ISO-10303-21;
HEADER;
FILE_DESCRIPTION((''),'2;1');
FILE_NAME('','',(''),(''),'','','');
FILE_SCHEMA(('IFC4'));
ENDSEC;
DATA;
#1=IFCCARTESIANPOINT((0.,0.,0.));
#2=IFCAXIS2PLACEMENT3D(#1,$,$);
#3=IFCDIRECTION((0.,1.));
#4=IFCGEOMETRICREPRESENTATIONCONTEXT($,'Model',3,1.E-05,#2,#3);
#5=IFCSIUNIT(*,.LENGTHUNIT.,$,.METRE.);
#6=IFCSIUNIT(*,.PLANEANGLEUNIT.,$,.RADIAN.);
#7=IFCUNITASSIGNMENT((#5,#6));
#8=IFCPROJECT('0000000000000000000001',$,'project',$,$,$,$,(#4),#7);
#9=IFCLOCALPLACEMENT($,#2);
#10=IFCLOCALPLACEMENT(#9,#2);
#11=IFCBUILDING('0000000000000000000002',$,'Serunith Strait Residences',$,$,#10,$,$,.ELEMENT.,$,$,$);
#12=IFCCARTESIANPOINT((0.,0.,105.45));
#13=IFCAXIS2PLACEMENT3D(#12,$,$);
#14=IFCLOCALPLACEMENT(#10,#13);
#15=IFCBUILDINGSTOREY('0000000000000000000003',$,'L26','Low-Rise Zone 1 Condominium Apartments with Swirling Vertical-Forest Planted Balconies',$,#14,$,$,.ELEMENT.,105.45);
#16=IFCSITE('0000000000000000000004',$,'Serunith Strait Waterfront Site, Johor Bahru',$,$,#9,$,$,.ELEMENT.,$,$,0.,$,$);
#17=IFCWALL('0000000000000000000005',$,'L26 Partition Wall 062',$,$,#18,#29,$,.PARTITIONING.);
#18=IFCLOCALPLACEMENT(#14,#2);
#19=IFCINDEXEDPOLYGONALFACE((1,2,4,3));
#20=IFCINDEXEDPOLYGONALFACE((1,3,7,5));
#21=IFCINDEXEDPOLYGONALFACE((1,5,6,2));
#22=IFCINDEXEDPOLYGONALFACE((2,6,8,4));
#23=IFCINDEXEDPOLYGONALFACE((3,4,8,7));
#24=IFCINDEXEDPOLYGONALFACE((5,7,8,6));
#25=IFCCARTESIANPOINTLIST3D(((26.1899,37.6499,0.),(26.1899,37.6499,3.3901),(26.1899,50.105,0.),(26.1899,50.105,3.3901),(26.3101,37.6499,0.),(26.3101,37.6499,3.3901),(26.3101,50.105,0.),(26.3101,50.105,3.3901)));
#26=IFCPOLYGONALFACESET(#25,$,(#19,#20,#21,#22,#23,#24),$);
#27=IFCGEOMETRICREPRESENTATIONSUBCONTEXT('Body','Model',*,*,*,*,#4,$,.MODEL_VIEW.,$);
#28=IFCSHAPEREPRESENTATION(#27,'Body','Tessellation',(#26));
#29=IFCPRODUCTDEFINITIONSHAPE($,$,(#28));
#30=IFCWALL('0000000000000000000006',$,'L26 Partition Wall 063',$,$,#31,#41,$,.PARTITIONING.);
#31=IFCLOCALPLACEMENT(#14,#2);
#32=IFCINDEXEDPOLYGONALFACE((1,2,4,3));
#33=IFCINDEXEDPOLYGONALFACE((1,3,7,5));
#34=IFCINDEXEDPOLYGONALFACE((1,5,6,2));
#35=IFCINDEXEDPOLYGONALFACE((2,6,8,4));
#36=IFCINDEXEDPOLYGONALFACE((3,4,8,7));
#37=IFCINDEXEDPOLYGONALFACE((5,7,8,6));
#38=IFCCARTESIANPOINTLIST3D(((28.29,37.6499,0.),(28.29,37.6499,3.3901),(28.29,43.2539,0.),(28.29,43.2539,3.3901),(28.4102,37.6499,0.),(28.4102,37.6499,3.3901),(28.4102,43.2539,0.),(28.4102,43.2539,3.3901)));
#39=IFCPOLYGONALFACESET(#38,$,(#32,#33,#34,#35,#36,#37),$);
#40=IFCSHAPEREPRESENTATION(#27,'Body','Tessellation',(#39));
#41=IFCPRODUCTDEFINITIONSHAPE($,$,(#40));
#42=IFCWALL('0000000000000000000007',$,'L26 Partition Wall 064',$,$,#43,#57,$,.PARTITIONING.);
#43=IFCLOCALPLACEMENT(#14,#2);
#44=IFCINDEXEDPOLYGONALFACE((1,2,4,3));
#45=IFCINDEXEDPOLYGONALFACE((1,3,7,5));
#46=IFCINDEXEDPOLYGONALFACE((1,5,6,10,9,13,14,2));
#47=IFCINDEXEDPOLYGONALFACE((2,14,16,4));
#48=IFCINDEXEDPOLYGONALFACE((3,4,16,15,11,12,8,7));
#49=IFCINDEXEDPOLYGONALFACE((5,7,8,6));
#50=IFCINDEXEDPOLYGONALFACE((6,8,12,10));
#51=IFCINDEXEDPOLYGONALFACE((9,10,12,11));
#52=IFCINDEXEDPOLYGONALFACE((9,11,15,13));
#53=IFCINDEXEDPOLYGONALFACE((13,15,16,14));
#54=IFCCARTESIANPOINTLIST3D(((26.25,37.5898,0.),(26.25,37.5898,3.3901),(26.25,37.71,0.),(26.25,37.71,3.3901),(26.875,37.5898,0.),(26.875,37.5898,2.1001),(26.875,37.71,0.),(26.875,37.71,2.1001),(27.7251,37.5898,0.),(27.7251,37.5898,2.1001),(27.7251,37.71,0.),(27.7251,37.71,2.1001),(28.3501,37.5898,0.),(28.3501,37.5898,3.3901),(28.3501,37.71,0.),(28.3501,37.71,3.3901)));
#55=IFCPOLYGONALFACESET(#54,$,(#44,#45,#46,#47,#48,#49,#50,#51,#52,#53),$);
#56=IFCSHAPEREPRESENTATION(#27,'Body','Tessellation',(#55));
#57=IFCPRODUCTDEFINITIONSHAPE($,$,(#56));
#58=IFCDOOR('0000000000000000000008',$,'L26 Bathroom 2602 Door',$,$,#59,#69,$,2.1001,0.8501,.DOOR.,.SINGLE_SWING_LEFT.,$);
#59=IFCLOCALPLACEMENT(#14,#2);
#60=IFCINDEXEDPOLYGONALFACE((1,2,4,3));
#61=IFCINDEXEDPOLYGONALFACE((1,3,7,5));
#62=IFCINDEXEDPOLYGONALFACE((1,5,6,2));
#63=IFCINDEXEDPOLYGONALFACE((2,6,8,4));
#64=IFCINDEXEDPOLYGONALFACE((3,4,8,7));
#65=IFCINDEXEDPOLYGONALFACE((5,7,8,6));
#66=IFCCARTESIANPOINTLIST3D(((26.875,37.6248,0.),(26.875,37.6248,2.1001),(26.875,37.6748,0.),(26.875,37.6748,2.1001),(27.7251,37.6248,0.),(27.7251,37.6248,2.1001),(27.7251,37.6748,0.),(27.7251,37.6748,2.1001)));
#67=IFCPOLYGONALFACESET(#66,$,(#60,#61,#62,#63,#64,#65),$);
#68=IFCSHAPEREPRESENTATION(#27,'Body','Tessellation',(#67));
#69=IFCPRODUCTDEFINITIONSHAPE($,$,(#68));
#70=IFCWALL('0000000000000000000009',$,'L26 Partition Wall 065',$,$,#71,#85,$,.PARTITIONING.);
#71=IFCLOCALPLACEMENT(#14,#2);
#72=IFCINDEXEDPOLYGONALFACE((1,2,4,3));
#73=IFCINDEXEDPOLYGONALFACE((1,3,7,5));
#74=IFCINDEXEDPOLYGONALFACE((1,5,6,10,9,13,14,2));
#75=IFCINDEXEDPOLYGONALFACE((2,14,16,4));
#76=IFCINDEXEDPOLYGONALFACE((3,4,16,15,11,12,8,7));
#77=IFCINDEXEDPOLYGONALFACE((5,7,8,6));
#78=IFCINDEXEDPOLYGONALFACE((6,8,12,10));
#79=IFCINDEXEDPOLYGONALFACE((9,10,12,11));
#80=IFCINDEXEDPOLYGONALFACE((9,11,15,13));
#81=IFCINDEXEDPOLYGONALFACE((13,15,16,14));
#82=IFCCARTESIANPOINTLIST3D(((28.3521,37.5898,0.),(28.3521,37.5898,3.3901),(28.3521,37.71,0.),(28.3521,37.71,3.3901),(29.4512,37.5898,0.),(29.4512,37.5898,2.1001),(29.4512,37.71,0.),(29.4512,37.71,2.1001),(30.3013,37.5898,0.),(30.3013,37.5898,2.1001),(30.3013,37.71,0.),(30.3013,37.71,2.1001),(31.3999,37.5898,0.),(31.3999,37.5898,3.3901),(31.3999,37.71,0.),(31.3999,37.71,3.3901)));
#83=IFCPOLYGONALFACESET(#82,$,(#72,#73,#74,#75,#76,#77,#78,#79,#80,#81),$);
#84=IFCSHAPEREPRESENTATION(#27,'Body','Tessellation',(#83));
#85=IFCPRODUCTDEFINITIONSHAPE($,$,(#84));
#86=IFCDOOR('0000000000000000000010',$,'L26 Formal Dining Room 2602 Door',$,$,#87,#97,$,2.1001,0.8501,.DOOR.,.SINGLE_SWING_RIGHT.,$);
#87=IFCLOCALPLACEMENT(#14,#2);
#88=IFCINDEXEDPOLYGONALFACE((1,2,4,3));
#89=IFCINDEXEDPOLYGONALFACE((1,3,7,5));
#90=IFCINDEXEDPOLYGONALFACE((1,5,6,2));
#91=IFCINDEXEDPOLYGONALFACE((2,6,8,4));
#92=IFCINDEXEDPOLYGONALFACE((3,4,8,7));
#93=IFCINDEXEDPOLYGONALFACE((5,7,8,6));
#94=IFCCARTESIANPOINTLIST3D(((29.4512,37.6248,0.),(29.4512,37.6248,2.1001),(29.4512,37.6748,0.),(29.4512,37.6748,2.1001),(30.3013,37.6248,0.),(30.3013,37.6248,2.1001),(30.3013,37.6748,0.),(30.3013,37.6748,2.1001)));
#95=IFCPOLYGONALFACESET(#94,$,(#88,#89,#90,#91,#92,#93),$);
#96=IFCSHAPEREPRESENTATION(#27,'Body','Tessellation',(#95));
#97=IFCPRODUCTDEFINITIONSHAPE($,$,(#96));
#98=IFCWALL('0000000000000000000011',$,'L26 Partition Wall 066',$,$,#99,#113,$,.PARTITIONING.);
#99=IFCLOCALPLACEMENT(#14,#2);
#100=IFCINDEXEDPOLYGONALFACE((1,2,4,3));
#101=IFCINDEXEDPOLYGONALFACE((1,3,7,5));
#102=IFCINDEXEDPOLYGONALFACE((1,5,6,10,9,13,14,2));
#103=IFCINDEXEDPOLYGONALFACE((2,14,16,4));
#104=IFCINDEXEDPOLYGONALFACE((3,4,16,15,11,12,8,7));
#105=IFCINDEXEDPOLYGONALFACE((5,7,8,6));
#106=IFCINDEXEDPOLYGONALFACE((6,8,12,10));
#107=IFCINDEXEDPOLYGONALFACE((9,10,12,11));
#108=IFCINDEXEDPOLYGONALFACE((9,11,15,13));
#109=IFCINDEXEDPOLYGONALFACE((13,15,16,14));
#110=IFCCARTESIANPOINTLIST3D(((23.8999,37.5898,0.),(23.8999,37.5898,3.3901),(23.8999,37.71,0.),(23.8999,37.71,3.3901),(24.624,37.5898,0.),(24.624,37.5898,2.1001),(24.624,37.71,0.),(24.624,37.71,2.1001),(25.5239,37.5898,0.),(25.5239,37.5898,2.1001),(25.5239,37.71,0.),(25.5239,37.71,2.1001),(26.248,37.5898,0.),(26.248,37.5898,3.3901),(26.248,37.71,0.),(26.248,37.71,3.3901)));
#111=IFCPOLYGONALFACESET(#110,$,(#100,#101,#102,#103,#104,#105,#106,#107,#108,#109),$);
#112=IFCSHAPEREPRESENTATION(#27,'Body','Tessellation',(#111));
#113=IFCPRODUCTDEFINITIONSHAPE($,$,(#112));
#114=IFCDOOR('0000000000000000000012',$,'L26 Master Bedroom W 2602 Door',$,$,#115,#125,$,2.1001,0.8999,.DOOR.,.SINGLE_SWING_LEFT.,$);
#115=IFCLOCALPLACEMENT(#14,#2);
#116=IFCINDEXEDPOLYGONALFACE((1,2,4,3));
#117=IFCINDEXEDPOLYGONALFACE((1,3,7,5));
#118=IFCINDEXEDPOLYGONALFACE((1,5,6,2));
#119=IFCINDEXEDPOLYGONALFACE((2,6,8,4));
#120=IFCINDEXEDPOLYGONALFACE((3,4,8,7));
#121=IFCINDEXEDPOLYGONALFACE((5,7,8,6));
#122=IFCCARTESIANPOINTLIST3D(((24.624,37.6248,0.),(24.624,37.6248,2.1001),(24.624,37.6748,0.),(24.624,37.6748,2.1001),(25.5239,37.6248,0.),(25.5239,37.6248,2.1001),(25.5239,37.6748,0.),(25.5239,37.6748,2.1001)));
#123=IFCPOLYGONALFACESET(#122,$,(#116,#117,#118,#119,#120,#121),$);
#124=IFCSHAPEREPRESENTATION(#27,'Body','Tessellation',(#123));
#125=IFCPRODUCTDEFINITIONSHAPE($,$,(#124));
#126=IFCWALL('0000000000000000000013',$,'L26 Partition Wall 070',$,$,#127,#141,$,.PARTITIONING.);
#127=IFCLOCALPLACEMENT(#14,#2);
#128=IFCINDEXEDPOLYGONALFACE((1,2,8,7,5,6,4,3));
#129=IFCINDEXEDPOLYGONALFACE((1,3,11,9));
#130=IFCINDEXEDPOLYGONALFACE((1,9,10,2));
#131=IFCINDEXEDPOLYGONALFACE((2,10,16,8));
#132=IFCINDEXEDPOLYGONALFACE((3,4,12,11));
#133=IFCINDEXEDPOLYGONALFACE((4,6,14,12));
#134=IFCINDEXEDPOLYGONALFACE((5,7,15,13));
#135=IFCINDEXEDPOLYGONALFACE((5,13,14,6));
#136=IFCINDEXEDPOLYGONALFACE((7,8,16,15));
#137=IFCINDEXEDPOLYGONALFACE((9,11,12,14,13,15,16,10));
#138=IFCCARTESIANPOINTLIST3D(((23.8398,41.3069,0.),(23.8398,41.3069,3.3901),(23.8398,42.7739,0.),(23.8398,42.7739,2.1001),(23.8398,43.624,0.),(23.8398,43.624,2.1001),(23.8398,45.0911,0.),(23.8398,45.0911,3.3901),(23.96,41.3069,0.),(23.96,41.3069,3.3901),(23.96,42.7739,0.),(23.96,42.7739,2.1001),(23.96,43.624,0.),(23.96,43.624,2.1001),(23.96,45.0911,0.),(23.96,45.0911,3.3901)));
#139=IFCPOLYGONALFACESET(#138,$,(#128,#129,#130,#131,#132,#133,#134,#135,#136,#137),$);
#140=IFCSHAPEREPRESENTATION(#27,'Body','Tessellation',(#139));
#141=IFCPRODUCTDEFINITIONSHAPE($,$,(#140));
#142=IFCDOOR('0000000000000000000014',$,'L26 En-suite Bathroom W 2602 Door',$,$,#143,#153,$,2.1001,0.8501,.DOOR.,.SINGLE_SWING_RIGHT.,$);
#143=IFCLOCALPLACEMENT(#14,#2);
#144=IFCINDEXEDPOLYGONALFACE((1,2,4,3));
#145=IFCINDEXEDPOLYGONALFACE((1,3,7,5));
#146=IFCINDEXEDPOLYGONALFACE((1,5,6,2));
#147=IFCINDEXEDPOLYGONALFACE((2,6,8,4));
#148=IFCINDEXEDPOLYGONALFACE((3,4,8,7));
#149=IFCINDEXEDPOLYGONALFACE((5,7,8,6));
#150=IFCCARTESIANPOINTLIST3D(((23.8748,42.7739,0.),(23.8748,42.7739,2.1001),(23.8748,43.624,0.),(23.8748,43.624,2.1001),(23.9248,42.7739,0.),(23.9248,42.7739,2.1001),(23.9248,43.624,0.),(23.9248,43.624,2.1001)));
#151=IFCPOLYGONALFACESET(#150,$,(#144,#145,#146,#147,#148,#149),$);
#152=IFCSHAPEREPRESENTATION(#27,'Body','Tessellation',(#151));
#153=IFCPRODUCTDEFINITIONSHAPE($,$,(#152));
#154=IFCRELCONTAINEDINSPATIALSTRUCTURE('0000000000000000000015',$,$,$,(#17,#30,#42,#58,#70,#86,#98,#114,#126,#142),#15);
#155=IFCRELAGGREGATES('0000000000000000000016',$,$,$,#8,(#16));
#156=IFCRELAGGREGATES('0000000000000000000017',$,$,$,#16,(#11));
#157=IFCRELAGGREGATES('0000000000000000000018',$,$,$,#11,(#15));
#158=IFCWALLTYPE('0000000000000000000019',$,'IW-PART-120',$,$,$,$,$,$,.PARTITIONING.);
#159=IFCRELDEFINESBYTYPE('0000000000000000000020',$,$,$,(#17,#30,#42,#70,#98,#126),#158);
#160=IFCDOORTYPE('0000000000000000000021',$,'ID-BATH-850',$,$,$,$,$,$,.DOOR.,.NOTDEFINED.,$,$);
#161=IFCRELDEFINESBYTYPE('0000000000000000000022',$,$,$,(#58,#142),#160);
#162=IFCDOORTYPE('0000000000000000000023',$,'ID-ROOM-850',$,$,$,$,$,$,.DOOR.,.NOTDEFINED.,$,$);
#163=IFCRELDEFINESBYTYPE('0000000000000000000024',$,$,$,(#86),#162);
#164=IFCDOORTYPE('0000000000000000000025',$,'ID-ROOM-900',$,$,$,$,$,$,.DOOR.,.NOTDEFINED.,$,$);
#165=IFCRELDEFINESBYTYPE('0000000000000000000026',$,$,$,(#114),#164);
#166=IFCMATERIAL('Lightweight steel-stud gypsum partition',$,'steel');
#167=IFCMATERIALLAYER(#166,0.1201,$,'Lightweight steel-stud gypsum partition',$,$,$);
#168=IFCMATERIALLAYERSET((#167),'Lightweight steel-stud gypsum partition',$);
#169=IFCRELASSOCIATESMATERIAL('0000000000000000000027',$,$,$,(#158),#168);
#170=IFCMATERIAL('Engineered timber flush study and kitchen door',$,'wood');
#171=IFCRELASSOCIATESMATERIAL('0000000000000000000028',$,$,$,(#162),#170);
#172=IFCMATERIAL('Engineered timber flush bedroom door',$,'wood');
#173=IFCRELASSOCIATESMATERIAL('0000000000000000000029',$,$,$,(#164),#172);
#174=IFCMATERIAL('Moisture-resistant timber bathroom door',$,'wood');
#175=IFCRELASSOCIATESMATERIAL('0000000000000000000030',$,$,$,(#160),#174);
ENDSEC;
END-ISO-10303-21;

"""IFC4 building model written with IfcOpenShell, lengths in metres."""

from ifc_helpers import new_model, si_unit, direction, frame, frame_2d, origin, place, context, subcontext, project, spatial, rectangle, extrude, source, transform, mapped, material, layer, layer_set, type_object, element, fill, save


model = new_model("IFC4")

# Units and contexts
model_context = context("Model", 3, precision=1e-05, world=origin(), true_north=direction((0.0, 1.0)))
body_context = subcontext(model_context, "Body", "Model", "MODEL_VIEW")
ifc_project = project(units=[si_unit("LENGTHUNIT", "METRE"), si_unit("PLANEANGLEUNIT", "RADIAN")], contexts=[model_context])

# Site, building, storey
site_placement = place(None, origin())
site = spatial("IfcSite", under=ifc_project, at=site_placement, Name="Serunith Strait Waterfront Site, Johor Bahru", CompositionType="ELEMENT", RefElevation=0.0)
building_placement = place(site_placement, origin())
building = spatial("IfcBuilding", under=site, at=building_placement, Name="Serunith Strait Residences", CompositionType="ELEMENT")
storey_placement = place(building_placement, frame((0.0, 0.0, 105.45)))
storey = spatial("IfcBuildingStorey", under=building, at=storey_placement, Name="L26", Description="Low-Rise Zone 1 Condominium Apartments with Swirling Vertical-Forest Planted Balconies", CompositionType="ELEMENT", Elevation=105.45)

# Shared definitions
ifc_material_1 = material(Name="Lightweight steel-stud gypsum partition", Category="steel")
ifc_layer_1 = layer(ifc_material_1, 0.1201, Name="Lightweight steel-stud gypsum partition")
ifc_layer_set_1 = layer_set([ifc_layer_1], Name="Lightweight steel-stud gypsum partition")
wall_type = type_object("IfcWallType", Name="IW-PART-120", PredefinedType="PARTITIONING", material=ifc_layer_set_1)
ifc_material_2 = material(Name="Engineered timber flush study and kitchen door", Category="wood")
door_type_1 = type_object("IfcDoorType", Name="ID-ROOM-850", OperationType="NOTDEFINED", PredefinedType="DOOR", material=ifc_material_2)
shared_shape_1 = source(origin(), body_context, "Body", "SweptSolid", [
    extrude(rectangle(XDim=0.8501, YDim=2.1001, at=frame_2d((0.425, 1.05))), frame((0.0, 0.0249, 0.0), z_axis=(0.0, -1.0, 0.0), x_axis=(1.0, 0.0, 0.0)), (0.0, 0.0, 1.0), 0.05),
])
ifc_material_3 = material(Name="Engineered timber flush bedroom door", Category="wood")
door_type_2 = type_object("IfcDoorType", Name="ID-ROOM-900", OperationType="NOTDEFINED", PredefinedType="DOOR", material=ifc_material_3)
shared_shape_2 = source(origin(), body_context, "Body", "SweptSolid", [
    extrude(rectangle(XDim=0.8999, YDim=2.1001, at=frame_2d((0.45, 1.05))), frame((0.0, 0.0249, 0.0), z_axis=(0.0, -1.0, 0.0), x_axis=(1.0, 0.0, 0.0)), (0.0, 0.0, 1.0), 0.05),
])

# Walls
wall_1_placement = place(storey_placement, frame((26.25, 50.105, 0.0), z_axis=(0.0, 0.0, 1.0), x_axis=(0.0, -1.0, 0.0)))
element("IfcWall", 1, at=wall_1_placement, inside=storey, type_object=wall_type, Name="L26 Partition Wall 062", PredefinedType="PARTITIONING", context=body_context, shape_type="SweptSolid", body=[
    extrude(rectangle(XDim=12.4551, YDim=0.1201, at=frame_2d((6.2275, 0.0))), origin(), (0.0, 0.0, 1.0), 3.3901),
])
wall_2_placement = place(storey_placement, frame((28.3501, 43.2539, 0.0), z_axis=(0.0, 0.0, 1.0), x_axis=(0.0, -1.0, 0.0)))
element("IfcWall", 2, at=wall_2_placement, inside=storey, type_object=wall_type, Name="L26 Partition Wall 063", PredefinedType="PARTITIONING", context=body_context, shape_type="SweptSolid", body=[
    extrude(rectangle(XDim=5.604, YDim=0.1201, at=frame_2d((2.802, 0.0))), origin(), (0.0, 0.0, 1.0), 3.3901),
])

# Walls, openings, doors
wall_3_placement = place(storey_placement, frame((26.25, 37.6499, 0.0), z_axis=(0.0, 0.0, 1.0), x_axis=(1.0, 0.0, 0.0)))
wall_3 = element("IfcWall", 3, at=wall_3_placement, inside=storey, type_object=wall_type, Name="L26 Partition Wall 064", PredefinedType="PARTITIONING", context=body_context, shape_type="SweptSolid", body=[
    extrude(rectangle(XDim=2.1001, YDim=0.1201, at=frame_2d((1.05, 0.0))), origin(), (0.0, 0.0, 1.0), 3.3901),
])
opening_1_placement = place(wall_3_placement, frame((0.625, 0.0, 0.0)))
opening_1 = element("IfcOpeningElement", 4, at=opening_1_placement, cuts=wall_3, PredefinedType="OPENING", context=body_context, shape_type="SweptSolid", body=[
    extrude(rectangle(XDim=0.8501, YDim=2.1001, at=frame_2d((0.425, 1.05))), frame((0.0, 0.0701, 0.0), z_axis=(0.0, -1.0, 0.0), x_axis=(1.0, 0.0, 0.0)), (0.0, 0.0, 1.0), 0.1401),
])
ifc_material_4 = material(Name="Moisture-resistant timber bathroom door", Category="wood")
door_type_3 = type_object("IfcDoorType", Name="ID-BATH-850", OperationType="NOTDEFINED", PredefinedType="DOOR", material=ifc_material_4)
door_1_placement = place(opening_1_placement, origin())
door_1 = element("IfcDoor", 5, at=door_1_placement, inside=storey, type_object=door_type_3, Name="L26 Bathroom 2602 Door", OperationType="SINGLE_SWING_LEFT", OverallHeight=2.1001, OverallWidth=0.8501, PredefinedType="DOOR", context=body_context, shape_type="MappedRepresentation", body=[
    mapped(shared_shape_1, transform((0.0, 0.0, 0.0), scale=1.0)),
])
fill(opening_1, door_1)
wall_4_placement = place(storey_placement, frame((28.3521, 37.6499, 0.0), z_axis=(0.0, 0.0, 1.0), x_axis=(1.0, 0.0, 0.0)))
wall_4 = element("IfcWall", 6, at=wall_4_placement, inside=storey, type_object=wall_type, Name="L26 Partition Wall 065", PredefinedType="PARTITIONING", context=body_context, shape_type="SweptSolid", body=[
    extrude(rectangle(XDim=3.0479, YDim=0.1201, at=frame_2d((1.5239, 0.0))), origin(), (0.0, 0.0, 1.0), 3.3901),
])
opening_2_placement = place(wall_4_placement, frame((1.0991, 0.0, 0.0)))
opening_2 = element("IfcOpeningElement", 7, at=opening_2_placement, cuts=wall_4, PredefinedType="OPENING", context=body_context, shape_type="SweptSolid", body=[
    extrude(rectangle(XDim=0.8501, YDim=2.1001, at=frame_2d((0.425, 1.05))), frame((0.0, 0.0701, 0.0), z_axis=(0.0, -1.0, 0.0), x_axis=(1.0, 0.0, 0.0)), (0.0, 0.0, 1.0), 0.1401),
])
door_2_placement = place(opening_2_placement, origin())
door_2 = element("IfcDoor", 8, at=door_2_placement, inside=storey, type_object=door_type_1, Name="L26 Formal Dining Room 2602 Door", OperationType="SINGLE_SWING_RIGHT", OverallHeight=2.1001, OverallWidth=0.8501, PredefinedType="DOOR", context=body_context, shape_type="MappedRepresentation", body=[
    mapped(shared_shape_1, transform((0.0, 0.0, 0.0), scale=1.0)),
])
fill(opening_2, door_2)
wall_5_placement = place(storey_placement, frame((23.8999, 37.6499, 0.0), z_axis=(0.0, 0.0, 1.0), x_axis=(1.0, 0.0, 0.0)))
wall_5 = element("IfcWall", 9, at=wall_5_placement, inside=storey, type_object=wall_type, Name="L26 Partition Wall 066", PredefinedType="PARTITIONING", context=body_context, shape_type="SweptSolid", body=[
    extrude(rectangle(XDim=2.3481, YDim=0.1201, at=frame_2d((1.1741, 0.0))), origin(), (0.0, 0.0, 1.0), 3.3901),
])
opening_3_placement = place(wall_5_placement, frame((0.7241, 0.0, 0.0)))
opening_3 = element("IfcOpeningElement", 10, at=opening_3_placement, cuts=wall_5, PredefinedType="OPENING", context=body_context, shape_type="SweptSolid", body=[
    extrude(rectangle(XDim=0.8999, YDim=2.1001, at=frame_2d((0.45, 1.05))), frame((0.0, 0.0701, 0.0), z_axis=(0.0, -1.0, 0.0), x_axis=(1.0, 0.0, 0.0)), (0.0, 0.0, 1.0), 0.1401),
])
door_3_placement = place(opening_3_placement, origin())
door_3 = element("IfcDoor", 11, at=door_3_placement, inside=storey, type_object=door_type_2, Name="L26 Master Bedroom W 2602 Door", OperationType="SINGLE_SWING_LEFT", OverallHeight=2.1001, OverallWidth=0.8999, PredefinedType="DOOR", context=body_context, shape_type="MappedRepresentation", body=[
    mapped(shared_shape_2, transform((0.0, 0.0, 0.0), scale=1.0)),
])
fill(opening_3, door_3)
wall_6_placement = place(storey_placement, frame((23.8999, 45.0911, 0.0), z_axis=(0.0, 0.0, 1.0), x_axis=(0.0, -1.0, 0.0)))
wall_6 = element("IfcWall", 12, at=wall_6_placement, inside=storey, type_object=wall_type, Name="L26 Partition Wall 070", PredefinedType="PARTITIONING", context=body_context, shape_type="SweptSolid", body=[
    extrude(rectangle(XDim=3.7842, YDim=0.1201, at=frame_2d((1.8921, 0.0))), origin(), (0.0, 0.0, 1.0), 3.3901),
])
opening_4_placement = place(wall_6_placement, frame((1.467, 0.0, 0.0)))
opening_4 = element("IfcOpeningElement", 13, at=opening_4_placement, cuts=wall_6, PredefinedType="OPENING", context=body_context, shape_type="SweptSolid", body=[
    extrude(rectangle(XDim=0.8501, YDim=2.1001, at=frame_2d((0.425, 1.05))), frame((0.0, 0.0701, 0.0), z_axis=(0.0, -1.0, 0.0), x_axis=(1.0, 0.0, 0.0)), (0.0, 0.0, 1.0), 0.1401),
])
door_4_placement = place(opening_4_placement, origin())
door_4 = element("IfcDoor", 14, at=door_4_placement, inside=storey, type_object=door_type_3, Name="L26 En-suite Bathroom W 2602 Door", OperationType="SINGLE_SWING_RIGHT", OverallHeight=2.1001, OverallWidth=0.8501, PredefinedType="DOOR", context=body_context, shape_type="MappedRepresentation", body=[
    mapped(shared_shape_1, transform((0.0, 0.0, 0.0), scale=1.0)),
])
fill(opening_4, door_4)

save(model, "model.ifc")
